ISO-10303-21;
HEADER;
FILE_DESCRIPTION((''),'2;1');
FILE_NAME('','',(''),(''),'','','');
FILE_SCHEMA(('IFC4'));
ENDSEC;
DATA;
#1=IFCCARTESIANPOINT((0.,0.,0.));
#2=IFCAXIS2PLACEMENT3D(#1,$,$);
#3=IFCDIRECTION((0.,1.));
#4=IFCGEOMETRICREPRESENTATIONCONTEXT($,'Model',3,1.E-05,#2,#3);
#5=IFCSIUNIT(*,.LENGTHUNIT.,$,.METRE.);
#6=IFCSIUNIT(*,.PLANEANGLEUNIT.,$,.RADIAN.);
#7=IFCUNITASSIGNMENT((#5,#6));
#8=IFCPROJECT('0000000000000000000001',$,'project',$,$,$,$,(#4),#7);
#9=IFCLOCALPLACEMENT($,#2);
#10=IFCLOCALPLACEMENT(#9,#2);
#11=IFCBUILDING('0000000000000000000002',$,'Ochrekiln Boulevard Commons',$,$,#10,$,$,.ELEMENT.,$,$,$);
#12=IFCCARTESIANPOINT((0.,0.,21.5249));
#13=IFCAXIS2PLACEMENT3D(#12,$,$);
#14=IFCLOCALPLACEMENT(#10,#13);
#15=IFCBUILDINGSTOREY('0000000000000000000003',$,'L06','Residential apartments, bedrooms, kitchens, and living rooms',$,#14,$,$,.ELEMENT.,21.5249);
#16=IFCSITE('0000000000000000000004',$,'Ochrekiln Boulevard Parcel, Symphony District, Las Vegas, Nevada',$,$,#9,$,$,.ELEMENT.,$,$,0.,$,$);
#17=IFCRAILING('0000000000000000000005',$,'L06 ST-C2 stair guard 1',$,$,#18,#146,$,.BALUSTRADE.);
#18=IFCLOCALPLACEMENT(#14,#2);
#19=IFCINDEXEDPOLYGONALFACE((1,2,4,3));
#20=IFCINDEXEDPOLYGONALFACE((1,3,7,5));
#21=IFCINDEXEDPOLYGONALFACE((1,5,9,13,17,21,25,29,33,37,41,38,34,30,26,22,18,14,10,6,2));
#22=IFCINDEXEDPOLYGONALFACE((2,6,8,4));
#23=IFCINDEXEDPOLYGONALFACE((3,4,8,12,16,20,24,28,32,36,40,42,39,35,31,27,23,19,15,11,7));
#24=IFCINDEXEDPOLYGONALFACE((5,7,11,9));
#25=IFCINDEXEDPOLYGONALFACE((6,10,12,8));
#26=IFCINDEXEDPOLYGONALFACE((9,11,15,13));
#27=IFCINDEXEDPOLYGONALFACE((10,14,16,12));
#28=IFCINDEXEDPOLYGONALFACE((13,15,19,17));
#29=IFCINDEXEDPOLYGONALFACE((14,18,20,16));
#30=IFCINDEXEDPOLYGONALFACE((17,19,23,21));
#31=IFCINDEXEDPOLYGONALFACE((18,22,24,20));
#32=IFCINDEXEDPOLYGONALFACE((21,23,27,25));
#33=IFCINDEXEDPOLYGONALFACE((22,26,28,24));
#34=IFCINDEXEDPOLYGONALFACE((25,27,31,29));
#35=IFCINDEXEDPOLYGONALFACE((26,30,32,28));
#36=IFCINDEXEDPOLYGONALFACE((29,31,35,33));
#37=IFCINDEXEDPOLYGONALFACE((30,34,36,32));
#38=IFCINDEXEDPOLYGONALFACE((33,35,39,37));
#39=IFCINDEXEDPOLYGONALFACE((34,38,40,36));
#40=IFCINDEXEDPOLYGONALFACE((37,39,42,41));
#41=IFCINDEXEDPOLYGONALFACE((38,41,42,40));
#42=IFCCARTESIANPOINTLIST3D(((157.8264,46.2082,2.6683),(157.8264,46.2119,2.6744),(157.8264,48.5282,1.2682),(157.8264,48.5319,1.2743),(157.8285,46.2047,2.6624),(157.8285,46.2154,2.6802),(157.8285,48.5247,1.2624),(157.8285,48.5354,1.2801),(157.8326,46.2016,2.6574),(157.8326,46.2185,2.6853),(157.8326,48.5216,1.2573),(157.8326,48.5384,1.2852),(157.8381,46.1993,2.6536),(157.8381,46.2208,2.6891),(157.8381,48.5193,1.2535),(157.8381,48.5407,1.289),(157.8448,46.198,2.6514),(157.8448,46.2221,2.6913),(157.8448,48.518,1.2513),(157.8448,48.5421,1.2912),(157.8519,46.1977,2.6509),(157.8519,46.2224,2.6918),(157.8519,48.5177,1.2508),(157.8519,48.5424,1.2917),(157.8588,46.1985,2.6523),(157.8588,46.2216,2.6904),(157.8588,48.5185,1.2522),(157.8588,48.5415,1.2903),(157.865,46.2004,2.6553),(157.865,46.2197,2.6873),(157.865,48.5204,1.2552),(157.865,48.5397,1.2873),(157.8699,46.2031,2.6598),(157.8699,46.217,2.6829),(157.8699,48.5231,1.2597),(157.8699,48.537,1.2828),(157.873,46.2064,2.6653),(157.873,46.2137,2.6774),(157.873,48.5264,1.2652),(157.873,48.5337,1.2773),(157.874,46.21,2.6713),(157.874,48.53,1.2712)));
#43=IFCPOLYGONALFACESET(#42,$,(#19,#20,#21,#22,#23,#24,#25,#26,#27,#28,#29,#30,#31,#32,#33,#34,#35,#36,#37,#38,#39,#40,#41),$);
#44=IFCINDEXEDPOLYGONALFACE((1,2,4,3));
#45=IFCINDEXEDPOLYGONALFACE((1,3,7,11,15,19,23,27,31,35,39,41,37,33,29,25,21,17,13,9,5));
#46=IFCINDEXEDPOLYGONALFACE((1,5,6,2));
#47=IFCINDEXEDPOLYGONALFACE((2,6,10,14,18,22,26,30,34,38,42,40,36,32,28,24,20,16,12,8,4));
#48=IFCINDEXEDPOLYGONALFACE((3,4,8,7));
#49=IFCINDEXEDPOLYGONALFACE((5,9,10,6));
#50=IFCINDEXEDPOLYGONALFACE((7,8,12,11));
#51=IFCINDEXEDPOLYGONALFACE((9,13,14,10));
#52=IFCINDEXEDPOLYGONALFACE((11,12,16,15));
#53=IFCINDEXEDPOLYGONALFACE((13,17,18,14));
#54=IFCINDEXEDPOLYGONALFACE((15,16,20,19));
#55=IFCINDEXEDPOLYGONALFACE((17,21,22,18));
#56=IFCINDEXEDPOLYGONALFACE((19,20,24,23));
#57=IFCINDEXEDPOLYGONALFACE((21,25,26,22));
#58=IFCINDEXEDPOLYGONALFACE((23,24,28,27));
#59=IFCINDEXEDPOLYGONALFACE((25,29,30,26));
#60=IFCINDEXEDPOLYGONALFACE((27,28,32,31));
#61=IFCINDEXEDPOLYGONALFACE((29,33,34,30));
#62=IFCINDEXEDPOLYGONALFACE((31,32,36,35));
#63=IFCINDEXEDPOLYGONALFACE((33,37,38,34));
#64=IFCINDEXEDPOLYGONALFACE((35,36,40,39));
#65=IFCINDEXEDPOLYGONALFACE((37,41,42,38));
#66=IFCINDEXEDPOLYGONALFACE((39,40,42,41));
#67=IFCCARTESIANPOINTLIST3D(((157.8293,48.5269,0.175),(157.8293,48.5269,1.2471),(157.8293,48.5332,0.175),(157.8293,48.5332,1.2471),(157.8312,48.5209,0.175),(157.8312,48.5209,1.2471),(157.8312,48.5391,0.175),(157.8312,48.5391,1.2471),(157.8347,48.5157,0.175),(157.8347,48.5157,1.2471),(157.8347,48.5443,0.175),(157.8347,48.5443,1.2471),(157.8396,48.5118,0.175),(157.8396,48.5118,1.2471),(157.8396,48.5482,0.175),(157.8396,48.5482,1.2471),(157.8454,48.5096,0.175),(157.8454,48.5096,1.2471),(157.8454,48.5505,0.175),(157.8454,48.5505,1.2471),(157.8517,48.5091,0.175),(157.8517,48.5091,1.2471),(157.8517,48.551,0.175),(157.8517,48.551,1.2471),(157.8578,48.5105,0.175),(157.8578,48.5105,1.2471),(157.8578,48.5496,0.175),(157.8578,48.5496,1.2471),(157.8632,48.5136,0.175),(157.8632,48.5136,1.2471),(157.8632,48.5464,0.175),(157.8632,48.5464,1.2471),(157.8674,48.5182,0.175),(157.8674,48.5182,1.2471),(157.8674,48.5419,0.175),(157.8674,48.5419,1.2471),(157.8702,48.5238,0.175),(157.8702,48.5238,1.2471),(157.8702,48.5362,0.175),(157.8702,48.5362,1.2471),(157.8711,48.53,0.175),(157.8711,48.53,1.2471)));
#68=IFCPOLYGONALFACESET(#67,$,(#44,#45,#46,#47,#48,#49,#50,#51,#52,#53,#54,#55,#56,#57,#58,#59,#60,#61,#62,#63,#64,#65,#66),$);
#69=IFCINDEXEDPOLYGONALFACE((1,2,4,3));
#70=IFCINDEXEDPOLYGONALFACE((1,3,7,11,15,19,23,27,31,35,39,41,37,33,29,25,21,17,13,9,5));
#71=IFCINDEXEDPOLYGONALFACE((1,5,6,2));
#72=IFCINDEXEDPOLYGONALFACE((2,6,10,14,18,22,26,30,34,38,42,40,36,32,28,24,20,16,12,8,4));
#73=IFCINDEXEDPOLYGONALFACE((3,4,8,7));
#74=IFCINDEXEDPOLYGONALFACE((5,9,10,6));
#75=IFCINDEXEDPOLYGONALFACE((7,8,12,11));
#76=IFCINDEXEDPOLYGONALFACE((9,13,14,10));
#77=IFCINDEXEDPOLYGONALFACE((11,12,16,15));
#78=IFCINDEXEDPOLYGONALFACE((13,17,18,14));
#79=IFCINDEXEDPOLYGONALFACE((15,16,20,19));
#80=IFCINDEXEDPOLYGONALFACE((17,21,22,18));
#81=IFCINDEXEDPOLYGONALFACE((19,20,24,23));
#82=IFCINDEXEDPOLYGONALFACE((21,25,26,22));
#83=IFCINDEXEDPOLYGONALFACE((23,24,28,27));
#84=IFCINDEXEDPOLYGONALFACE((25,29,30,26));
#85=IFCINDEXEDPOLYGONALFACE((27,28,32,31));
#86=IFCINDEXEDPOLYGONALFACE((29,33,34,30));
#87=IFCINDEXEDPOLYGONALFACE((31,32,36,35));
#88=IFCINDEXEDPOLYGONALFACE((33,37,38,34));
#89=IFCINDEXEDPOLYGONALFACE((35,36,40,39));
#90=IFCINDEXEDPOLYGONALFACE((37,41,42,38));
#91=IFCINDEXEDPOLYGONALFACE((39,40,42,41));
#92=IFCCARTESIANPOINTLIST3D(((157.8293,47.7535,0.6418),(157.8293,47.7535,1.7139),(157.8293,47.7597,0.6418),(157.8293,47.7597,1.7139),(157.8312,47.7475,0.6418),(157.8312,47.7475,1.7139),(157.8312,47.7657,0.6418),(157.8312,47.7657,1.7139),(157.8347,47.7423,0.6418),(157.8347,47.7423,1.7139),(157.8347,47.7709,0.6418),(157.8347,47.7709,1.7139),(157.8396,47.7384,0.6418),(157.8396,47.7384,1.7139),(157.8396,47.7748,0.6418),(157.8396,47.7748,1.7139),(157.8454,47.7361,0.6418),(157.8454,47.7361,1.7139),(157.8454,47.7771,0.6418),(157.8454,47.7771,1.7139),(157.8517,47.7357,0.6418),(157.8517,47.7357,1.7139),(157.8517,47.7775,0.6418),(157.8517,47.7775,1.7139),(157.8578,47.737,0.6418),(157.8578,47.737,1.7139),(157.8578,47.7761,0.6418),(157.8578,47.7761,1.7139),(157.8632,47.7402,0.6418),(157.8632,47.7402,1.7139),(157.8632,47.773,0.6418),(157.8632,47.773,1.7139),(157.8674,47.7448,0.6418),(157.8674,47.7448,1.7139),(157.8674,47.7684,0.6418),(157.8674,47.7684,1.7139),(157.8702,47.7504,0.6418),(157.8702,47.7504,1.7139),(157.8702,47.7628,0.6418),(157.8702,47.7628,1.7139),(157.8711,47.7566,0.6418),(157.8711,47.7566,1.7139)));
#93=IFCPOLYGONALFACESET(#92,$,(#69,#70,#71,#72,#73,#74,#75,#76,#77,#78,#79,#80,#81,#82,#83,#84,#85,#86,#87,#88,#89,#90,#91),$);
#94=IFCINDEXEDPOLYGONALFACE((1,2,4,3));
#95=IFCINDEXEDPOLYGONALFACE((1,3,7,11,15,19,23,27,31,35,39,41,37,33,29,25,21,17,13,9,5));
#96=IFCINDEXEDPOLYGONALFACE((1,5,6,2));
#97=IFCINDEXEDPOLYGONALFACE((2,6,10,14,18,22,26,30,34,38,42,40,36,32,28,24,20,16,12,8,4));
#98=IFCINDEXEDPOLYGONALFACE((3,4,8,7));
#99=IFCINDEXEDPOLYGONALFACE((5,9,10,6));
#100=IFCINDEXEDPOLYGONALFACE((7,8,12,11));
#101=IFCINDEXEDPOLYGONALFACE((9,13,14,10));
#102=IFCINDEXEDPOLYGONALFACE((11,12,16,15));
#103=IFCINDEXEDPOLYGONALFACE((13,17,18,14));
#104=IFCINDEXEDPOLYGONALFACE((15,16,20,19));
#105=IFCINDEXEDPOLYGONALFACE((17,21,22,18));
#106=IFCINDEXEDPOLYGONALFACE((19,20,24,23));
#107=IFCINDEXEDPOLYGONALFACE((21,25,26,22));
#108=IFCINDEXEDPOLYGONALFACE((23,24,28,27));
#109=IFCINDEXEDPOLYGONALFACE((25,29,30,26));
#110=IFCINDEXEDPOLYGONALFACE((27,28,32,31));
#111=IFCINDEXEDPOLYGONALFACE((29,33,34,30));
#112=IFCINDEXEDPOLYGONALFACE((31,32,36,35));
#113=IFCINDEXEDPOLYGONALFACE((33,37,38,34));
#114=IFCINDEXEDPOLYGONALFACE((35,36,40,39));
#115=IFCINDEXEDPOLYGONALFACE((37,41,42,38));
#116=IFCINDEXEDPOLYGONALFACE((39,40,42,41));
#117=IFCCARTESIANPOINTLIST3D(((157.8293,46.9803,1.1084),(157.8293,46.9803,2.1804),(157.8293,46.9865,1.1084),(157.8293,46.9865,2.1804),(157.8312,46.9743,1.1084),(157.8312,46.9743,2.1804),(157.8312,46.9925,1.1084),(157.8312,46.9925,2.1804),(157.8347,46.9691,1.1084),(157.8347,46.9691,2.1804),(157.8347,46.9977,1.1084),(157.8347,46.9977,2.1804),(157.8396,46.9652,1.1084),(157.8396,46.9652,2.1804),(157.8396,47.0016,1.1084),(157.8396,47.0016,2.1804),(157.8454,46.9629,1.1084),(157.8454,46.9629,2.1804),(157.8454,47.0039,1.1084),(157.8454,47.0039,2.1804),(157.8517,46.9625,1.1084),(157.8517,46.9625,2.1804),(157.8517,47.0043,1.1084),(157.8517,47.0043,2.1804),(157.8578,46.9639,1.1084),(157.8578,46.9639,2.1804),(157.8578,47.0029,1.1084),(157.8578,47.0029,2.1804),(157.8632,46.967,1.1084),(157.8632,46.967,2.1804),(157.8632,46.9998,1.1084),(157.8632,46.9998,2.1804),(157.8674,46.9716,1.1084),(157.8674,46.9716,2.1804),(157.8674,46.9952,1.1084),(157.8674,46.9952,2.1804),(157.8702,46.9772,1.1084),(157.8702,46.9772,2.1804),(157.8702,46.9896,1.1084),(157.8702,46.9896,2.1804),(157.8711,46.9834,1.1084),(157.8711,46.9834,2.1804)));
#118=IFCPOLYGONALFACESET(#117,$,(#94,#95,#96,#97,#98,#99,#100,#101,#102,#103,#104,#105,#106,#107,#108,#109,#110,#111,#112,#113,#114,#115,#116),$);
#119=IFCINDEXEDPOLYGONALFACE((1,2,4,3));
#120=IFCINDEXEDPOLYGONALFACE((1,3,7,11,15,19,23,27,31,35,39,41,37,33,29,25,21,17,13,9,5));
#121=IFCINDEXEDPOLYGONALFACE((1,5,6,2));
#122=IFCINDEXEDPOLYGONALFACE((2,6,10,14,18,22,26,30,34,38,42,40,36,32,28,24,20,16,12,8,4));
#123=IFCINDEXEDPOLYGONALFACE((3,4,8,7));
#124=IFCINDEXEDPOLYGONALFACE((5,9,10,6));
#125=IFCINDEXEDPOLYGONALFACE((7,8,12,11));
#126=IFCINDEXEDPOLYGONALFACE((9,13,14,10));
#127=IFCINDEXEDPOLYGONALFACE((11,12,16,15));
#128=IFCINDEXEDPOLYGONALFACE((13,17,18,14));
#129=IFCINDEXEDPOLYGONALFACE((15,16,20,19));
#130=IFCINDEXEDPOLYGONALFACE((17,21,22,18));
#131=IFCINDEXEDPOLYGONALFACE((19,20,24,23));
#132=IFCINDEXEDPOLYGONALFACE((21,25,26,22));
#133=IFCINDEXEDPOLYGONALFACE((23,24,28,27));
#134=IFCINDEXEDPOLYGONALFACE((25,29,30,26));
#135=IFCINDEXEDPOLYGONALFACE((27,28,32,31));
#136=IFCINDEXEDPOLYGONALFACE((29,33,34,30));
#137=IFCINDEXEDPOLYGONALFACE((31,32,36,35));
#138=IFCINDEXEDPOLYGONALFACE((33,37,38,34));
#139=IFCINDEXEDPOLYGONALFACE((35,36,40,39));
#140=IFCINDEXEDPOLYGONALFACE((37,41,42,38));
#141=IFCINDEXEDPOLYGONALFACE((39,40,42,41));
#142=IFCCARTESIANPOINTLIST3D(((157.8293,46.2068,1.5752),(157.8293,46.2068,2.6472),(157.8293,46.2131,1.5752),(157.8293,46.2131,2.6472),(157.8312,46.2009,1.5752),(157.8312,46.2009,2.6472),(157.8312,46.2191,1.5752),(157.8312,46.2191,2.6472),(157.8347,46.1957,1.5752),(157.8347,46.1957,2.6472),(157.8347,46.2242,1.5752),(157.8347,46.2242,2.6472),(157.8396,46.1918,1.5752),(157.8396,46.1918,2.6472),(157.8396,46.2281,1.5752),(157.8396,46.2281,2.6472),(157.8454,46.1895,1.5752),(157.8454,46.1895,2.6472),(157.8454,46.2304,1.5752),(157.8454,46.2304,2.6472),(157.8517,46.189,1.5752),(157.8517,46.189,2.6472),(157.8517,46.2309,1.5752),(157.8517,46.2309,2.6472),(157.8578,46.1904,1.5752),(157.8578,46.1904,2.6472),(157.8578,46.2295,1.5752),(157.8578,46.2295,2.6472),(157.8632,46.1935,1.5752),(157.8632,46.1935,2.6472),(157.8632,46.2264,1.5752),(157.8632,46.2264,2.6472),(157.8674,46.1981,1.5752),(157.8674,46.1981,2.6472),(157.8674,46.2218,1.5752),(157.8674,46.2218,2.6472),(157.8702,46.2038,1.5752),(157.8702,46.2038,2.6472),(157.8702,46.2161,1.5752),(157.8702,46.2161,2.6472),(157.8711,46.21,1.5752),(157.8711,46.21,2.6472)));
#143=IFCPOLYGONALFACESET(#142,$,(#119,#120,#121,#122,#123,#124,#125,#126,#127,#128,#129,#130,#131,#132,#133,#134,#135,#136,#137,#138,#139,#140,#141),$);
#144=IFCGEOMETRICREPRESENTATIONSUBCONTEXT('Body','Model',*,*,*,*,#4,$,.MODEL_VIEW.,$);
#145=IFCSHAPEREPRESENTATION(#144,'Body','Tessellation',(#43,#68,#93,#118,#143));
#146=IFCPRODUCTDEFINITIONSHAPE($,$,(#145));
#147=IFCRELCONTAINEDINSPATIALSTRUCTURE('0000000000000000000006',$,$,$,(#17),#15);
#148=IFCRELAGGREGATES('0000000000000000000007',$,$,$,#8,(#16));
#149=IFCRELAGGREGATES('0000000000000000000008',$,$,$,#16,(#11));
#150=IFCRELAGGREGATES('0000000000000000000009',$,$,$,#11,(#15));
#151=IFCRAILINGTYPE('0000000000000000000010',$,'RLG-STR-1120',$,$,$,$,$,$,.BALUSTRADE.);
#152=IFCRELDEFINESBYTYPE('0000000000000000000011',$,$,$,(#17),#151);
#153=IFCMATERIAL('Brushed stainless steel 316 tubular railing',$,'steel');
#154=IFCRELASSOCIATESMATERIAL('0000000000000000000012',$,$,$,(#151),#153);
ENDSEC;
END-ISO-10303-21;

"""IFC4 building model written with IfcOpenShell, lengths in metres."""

from ifc_helpers import new_model, si_unit, direction, frame, origin, origin_2d, place, context, subcontext, project, spatial, circle, extrude, material, type_object, element, save


model = new_model("IFC4")

# Units and contexts
model_context = context("Model", 3, precision=1e-05, world=origin(), true_north=direction((0.0, 1.0)))
body_context = subcontext(model_context, "Body", "Model", "MODEL_VIEW")
ifc_project = project(units=[si_unit("LENGTHUNIT", "METRE"), si_unit("PLANEANGLEUNIT", "RADIAN")], contexts=[model_context])

# Site, building, storey
site_placement = place(None, origin())
site = spatial("IfcSite", under=ifc_project, at=site_placement, Name="Ochrekiln Boulevard Parcel, Symphony District, Las Vegas, Nevada", CompositionType="ELEMENT", RefElevation=0.0)
building_placement = place(site_placement, origin())
building = spatial("IfcBuilding", under=site, at=building_placement, Name="Ochrekiln Boulevard Commons", CompositionType="ELEMENT")
storey_placement = place(building_placement, frame((0.0, 0.0, 21.5249)))
storey = spatial("IfcBuildingStorey", under=building, at=storey_placement, Name="L06", Description="Residential apartments, bedrooms, kitchens, and living rooms", CompositionType="ELEMENT", Elevation=21.5249)

# Railing
ifc_material_1 = material(Name="Brushed stainless steel 316 tubular railing", Category="steel")
railing_type_1 = type_object("IfcRailingType", Name="RLG-STR-1120", PredefinedType="BALUSTRADE", material=ifc_material_1)
railing_1_placement = place(storey_placement, frame((157.8501, 48.53, 0.175)))
element("IfcRailing", 1, at=railing_1_placement, inside=storey, type_object=railing_type_1, Name="L06 ST-C2 stair guard 1", PredefinedType="BALUSTRADE", context=body_context, shape_type="SweptSolid", body=[
    extrude(circle(Radius=0.0239, at=origin_2d()), frame((0.0, 0.0, 1.0962), z_axis=(0.0, -0.85617, 0.516693), x_axis=(1.0, 0.0, 0.0)), (0.0, 0.0, 1.0), 2.7097),
    extrude(circle(Radius=0.021, at=origin_2d()), origin(), (0.0, 0.0, 1.0), 1.072),
    extrude(circle(Radius=0.021, at=origin_2d()), frame((0.0, -0.7734, 0.4668)), (0.0, 0.0, 1.0), 1.072),
    extrude(circle(Radius=0.021, at=origin_2d()), frame((0.0, -1.5466, 0.9333)), (0.0, 0.0, 1.0), 1.072),
    extrude(circle(Radius=0.021, at=origin_2d()), frame((0.0, -2.3201, 1.4001)), (0.0, 0.0, 1.0), 1.072),
])

save(model, "model.ifc")
